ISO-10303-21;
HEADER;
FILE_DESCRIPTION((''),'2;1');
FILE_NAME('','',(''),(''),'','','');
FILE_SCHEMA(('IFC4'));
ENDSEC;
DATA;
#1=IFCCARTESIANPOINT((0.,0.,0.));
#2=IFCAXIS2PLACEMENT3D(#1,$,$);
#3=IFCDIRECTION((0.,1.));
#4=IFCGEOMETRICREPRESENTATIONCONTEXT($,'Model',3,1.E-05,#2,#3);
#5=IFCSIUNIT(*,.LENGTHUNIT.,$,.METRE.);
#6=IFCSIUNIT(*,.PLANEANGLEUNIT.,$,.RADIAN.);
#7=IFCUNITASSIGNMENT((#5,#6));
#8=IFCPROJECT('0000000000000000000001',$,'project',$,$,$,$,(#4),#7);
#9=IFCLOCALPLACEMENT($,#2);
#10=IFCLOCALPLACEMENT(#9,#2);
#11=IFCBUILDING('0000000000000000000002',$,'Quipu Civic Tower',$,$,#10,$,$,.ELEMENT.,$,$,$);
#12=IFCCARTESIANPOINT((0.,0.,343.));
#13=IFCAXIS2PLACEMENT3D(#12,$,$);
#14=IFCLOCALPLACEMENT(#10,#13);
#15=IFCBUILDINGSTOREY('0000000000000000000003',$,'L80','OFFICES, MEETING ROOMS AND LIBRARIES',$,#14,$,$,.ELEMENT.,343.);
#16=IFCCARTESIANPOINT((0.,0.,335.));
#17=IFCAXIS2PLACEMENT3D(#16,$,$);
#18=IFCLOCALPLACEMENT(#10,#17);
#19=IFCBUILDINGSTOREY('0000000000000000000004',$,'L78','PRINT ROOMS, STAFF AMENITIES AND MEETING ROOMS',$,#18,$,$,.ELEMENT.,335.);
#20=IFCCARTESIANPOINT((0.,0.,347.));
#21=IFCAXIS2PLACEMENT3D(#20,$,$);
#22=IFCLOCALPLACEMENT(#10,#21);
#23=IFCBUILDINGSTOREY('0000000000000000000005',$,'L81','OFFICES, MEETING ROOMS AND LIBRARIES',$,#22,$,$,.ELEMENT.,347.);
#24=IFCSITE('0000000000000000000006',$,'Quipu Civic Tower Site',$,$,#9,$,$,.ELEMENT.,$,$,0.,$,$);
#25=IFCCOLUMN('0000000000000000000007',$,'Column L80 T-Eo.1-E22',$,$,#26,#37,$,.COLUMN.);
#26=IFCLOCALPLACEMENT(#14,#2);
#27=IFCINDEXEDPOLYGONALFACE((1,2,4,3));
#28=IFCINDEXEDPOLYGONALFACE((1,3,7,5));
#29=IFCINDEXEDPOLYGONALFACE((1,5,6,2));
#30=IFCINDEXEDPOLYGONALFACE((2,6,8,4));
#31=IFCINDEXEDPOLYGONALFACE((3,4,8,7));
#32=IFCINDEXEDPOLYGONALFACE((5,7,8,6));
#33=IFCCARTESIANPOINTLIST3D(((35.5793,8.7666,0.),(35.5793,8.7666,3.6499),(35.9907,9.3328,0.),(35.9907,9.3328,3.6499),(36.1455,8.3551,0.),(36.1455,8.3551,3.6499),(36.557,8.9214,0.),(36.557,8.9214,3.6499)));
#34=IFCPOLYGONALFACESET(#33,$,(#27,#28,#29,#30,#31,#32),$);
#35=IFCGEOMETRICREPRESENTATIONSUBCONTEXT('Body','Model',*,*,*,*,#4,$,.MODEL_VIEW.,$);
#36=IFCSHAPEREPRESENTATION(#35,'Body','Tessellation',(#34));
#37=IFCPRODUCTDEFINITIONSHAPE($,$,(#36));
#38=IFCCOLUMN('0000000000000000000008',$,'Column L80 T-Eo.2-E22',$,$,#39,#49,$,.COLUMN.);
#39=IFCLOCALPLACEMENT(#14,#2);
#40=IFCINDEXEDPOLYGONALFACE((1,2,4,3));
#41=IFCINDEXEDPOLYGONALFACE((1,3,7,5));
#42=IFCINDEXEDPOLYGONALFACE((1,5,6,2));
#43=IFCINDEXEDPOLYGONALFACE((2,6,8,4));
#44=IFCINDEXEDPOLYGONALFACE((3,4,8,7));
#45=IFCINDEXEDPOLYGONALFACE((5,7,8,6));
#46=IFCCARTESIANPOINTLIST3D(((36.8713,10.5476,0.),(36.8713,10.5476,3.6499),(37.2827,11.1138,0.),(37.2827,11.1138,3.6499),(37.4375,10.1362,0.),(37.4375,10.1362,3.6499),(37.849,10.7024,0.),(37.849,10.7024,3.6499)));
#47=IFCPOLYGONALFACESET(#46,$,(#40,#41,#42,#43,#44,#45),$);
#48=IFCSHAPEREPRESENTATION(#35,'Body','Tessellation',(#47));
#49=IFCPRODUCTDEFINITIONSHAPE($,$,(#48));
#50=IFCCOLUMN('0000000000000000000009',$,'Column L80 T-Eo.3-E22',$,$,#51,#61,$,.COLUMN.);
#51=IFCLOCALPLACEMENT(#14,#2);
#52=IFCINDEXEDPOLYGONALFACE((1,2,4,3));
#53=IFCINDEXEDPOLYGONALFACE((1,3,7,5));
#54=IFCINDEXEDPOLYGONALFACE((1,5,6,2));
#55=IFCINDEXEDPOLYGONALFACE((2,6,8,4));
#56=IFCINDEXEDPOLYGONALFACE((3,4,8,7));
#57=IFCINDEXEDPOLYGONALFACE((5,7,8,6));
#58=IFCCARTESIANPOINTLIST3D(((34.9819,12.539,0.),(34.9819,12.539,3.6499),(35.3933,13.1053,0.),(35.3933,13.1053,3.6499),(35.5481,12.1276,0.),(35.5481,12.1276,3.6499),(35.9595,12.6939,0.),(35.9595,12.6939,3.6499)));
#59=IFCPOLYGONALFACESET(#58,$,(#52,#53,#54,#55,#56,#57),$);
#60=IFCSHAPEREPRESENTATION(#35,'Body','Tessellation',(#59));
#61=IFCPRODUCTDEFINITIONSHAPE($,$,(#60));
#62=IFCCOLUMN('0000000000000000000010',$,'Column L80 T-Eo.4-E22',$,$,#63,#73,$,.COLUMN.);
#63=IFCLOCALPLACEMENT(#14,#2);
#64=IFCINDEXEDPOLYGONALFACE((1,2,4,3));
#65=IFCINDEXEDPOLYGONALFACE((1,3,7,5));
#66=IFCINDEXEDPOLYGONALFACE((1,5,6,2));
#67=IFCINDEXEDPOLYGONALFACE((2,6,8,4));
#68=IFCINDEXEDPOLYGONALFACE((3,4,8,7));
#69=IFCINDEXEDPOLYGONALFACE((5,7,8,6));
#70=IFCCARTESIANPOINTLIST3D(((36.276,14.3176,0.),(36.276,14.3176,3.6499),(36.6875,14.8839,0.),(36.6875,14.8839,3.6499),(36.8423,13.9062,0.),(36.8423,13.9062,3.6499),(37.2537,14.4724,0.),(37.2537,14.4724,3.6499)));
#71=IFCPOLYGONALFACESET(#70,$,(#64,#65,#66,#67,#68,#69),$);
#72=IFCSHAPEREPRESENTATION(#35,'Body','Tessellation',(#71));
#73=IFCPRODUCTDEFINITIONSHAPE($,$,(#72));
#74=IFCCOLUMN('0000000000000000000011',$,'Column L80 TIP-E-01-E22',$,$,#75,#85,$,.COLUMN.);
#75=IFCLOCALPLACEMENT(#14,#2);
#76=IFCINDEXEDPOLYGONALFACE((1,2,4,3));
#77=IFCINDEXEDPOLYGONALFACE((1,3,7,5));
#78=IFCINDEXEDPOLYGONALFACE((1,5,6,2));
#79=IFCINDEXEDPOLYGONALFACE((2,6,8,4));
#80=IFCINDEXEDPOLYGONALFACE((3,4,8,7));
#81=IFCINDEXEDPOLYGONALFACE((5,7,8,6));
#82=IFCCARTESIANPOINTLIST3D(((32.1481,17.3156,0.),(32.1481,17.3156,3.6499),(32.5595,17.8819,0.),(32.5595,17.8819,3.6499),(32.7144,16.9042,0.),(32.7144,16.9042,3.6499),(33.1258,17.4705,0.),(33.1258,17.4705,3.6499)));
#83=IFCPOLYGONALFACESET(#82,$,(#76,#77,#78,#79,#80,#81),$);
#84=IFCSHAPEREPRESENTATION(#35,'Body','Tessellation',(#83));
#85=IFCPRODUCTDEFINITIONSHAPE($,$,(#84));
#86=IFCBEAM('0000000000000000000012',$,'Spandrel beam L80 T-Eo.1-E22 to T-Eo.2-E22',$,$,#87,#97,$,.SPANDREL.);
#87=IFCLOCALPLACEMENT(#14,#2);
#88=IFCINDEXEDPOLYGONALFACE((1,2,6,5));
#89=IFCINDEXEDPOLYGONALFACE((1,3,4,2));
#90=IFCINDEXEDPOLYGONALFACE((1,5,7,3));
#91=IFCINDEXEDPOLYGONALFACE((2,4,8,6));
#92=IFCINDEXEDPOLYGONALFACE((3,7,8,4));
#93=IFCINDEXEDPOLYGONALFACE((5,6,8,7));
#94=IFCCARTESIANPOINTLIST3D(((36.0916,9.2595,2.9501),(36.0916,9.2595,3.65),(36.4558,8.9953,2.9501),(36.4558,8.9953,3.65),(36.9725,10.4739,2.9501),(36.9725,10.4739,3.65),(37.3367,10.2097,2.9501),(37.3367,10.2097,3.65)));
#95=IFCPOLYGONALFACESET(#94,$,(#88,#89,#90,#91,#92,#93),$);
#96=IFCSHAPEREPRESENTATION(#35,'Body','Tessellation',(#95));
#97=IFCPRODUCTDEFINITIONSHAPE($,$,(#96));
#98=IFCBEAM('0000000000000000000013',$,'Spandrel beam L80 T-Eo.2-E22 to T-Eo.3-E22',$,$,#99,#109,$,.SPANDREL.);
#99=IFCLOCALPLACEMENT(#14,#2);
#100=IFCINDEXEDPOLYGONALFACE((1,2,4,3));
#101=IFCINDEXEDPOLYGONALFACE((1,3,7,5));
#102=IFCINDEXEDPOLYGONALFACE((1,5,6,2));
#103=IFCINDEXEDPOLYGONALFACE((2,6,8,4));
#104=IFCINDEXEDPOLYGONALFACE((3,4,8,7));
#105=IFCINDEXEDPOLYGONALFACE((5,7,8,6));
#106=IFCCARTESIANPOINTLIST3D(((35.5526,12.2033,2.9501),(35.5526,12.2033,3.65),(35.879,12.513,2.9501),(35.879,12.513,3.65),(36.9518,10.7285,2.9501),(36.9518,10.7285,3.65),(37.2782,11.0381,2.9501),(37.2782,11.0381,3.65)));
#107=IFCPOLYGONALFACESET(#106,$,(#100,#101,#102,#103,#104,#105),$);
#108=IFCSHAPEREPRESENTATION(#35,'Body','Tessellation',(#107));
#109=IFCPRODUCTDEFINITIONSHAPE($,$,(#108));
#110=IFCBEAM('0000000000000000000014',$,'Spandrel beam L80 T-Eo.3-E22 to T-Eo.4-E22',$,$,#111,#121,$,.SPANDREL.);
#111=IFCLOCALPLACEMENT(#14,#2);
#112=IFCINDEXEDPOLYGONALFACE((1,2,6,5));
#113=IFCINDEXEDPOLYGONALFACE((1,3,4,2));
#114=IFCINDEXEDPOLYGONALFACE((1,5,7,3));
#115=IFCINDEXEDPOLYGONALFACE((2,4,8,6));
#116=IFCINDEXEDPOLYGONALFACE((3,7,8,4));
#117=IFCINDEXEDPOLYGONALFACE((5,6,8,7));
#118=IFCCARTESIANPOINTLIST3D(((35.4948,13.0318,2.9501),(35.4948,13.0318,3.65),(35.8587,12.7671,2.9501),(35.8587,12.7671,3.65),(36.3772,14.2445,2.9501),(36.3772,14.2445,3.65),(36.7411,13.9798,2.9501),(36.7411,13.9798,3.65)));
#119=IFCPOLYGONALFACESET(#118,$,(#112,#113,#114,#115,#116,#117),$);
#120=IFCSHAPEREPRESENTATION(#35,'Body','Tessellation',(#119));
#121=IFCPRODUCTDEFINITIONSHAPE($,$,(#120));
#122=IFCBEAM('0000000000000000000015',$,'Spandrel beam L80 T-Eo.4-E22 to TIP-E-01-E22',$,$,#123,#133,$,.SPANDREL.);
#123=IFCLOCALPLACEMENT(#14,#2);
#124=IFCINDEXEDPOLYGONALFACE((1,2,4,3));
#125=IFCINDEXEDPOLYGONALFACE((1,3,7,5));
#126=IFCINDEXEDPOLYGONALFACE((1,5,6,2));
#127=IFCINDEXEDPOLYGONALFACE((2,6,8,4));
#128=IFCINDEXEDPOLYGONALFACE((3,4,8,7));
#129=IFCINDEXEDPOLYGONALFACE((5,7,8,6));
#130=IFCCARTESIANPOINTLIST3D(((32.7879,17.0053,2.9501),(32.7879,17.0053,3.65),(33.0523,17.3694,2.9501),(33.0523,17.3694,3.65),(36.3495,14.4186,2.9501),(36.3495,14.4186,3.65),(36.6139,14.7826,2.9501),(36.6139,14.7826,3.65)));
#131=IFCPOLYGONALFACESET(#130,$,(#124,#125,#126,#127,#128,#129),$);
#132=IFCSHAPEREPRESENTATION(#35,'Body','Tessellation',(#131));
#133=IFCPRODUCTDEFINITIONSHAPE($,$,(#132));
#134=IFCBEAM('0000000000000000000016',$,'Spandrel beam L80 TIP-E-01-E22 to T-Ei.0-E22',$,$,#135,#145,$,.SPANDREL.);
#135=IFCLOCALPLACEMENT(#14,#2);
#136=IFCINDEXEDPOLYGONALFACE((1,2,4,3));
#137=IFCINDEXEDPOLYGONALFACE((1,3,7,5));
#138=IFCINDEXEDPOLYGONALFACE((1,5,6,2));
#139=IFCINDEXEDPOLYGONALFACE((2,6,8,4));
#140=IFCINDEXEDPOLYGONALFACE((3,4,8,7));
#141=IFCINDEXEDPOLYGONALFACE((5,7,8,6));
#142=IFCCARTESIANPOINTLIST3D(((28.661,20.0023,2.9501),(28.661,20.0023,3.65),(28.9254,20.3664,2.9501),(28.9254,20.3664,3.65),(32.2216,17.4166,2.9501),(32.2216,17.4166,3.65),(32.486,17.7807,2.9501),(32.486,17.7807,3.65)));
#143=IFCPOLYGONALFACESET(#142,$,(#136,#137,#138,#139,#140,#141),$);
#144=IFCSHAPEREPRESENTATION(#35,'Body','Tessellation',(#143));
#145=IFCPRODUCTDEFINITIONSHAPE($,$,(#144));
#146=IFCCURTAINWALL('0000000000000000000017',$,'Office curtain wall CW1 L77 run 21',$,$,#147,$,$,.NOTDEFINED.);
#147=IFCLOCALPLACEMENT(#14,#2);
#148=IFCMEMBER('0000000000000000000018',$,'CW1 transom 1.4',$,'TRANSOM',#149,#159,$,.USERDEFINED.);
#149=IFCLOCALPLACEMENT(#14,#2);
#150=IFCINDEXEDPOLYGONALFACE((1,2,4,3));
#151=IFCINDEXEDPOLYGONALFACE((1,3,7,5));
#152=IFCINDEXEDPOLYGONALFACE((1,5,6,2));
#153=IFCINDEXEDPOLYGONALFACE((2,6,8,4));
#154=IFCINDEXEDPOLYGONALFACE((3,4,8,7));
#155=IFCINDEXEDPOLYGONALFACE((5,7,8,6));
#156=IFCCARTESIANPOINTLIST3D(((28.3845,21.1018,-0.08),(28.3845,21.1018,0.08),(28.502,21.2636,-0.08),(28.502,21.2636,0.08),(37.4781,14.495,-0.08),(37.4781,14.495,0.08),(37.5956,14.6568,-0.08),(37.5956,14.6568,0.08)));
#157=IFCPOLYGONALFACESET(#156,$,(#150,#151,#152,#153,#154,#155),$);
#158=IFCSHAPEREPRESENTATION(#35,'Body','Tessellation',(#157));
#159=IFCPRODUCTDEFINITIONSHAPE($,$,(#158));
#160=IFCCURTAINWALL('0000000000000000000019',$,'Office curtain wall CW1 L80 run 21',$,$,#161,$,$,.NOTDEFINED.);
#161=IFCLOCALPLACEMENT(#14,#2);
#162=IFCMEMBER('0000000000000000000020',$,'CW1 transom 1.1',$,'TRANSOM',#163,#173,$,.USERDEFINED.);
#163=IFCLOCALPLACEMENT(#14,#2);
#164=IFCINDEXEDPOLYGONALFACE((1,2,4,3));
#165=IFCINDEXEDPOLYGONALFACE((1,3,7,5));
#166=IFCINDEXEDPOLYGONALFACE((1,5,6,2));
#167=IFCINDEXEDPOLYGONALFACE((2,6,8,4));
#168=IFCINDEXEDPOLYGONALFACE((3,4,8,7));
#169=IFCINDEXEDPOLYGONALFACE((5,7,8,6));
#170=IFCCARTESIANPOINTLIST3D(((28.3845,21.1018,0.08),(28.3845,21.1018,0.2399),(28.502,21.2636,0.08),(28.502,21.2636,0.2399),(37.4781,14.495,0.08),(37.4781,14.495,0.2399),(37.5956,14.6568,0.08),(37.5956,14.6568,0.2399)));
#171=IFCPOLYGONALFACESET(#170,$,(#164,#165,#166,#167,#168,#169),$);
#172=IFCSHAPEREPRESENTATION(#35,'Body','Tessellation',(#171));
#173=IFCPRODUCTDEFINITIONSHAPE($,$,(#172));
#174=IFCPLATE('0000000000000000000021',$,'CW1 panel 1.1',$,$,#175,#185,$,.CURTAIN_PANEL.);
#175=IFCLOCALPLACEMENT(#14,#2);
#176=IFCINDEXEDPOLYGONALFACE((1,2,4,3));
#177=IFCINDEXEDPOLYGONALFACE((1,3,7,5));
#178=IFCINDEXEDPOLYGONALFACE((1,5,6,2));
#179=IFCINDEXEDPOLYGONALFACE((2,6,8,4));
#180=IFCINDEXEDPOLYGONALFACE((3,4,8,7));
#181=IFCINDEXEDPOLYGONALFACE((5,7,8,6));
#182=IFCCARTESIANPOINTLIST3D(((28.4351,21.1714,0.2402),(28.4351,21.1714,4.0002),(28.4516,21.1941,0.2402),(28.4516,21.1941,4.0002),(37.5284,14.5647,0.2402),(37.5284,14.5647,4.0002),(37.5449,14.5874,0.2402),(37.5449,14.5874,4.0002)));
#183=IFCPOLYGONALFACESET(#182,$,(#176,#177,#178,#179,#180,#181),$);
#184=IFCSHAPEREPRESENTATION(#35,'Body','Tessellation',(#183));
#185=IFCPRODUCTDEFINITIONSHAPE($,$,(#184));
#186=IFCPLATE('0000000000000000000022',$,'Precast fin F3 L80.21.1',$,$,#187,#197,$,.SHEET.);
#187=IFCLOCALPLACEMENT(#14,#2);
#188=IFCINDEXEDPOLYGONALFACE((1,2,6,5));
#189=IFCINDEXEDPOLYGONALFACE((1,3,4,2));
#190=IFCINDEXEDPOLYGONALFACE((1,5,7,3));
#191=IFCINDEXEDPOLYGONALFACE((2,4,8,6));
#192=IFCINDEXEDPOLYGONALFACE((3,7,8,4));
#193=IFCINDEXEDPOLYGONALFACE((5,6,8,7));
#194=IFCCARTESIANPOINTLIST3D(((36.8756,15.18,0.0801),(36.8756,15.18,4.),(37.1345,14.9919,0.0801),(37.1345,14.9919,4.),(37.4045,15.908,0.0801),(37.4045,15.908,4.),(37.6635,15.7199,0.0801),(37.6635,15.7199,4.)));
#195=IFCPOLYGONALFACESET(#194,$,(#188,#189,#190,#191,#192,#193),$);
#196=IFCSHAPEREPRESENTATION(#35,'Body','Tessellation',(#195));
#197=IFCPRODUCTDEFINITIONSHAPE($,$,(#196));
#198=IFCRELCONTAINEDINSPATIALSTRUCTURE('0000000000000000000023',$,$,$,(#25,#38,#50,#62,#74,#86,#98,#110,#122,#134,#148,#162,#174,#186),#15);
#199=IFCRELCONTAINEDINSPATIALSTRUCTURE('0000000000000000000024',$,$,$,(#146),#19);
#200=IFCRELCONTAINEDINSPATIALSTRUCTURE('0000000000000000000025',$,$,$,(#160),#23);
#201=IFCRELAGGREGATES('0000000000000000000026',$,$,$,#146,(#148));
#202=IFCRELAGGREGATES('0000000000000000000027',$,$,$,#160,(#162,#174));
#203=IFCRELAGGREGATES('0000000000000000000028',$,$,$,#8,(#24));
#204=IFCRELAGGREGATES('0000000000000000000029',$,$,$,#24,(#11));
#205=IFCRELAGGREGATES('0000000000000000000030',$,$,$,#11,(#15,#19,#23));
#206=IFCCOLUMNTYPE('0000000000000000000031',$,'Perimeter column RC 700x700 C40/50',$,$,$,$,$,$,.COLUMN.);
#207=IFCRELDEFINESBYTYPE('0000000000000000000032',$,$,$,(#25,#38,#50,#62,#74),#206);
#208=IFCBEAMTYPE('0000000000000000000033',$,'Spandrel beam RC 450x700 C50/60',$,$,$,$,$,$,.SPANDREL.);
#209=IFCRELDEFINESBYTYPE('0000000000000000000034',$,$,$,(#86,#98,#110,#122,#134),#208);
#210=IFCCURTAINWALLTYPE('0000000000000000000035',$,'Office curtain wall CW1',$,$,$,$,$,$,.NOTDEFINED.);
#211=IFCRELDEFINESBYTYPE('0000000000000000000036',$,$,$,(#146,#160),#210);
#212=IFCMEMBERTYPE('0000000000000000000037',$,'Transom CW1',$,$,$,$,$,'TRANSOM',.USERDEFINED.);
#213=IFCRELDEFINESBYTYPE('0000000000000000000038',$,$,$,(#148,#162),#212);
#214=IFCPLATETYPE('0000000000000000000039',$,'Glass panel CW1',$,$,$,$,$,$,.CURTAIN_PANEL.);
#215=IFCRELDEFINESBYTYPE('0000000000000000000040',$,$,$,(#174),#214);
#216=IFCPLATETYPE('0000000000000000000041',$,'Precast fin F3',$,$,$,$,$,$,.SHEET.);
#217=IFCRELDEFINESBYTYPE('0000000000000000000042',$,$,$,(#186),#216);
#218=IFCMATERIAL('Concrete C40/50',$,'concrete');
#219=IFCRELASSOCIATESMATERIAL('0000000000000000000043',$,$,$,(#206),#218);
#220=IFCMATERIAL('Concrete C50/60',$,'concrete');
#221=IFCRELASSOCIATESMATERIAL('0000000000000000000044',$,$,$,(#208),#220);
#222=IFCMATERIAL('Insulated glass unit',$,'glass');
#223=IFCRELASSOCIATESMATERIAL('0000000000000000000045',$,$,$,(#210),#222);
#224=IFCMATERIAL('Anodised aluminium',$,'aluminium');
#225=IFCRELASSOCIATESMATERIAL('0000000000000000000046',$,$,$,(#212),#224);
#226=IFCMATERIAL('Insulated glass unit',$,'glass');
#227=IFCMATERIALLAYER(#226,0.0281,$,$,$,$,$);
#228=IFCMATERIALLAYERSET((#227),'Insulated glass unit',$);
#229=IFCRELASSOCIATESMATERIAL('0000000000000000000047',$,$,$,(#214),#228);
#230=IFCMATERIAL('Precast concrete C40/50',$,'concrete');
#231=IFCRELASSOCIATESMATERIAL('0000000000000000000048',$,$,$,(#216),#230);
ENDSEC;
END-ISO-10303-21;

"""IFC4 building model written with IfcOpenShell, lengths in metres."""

from ifc_helpers import new_model, si_unit, direction, frame, origin, origin_2d, place, context, subcontext, project, spatial, rectangle, extrude, material, layer, layer_set, material_profile, profile_set, type_object, element, aggregate, save


model = new_model("IFC4")

# Units and contexts
model_context = context("Model", 3, precision=1e-05, world=origin(), true_north=direction((0.0, 1.0)))
body_context = subcontext(model_context, "Body", "Model", "MODEL_VIEW")
ifc_project = project(units=[si_unit("LENGTHUNIT", "METRE"), si_unit("PLANEANGLEUNIT", "RADIAN")], contexts=[model_context])

# Site, building, storey
site_placement = place(None, origin())
site = spatial("IfcSite", under=ifc_project, at=site_placement, Name="Quipu Civic Tower Site", CompositionType="ELEMENT", RefElevation=0.0)
building_placement = place(site_placement, origin())
building = spatial("IfcBuilding", under=site, at=building_placement, Name="Quipu Civic Tower", CompositionType="ELEMENT")
storey_1_placement = place(building_placement, frame((0.0, 0.0, 343.0)))
storey_1 = spatial("IfcBuildingStorey", under=building, at=storey_1_placement, Name="L80", Description="OFFICES, MEETING ROOMS AND LIBRARIES", CompositionType="ELEMENT", Elevation=343.0)

# Columns
ifc_material_1 = material(Name="Concrete C40/50", Category="concrete")
ifc_material_profile_1 = material_profile(ifc_material_1, rectangle(XDim=0.7, YDim=0.7, at=origin_2d()), Name="RC700x700")
ifc_profile_set_1 = profile_set([ifc_material_profile_1], Name="Concrete C40/50")
column_type = type_object("IfcColumnType", Name="Perimeter column RC 700x700 C40/50", PredefinedType="COLUMN", material=ifc_profile_set_1)
for number, where, z_axis, x_axis, name in (
    (1, (36.0681, 8.844, 0.0), (0.0, 0.0, 1.0), (0.587785, 0.809017, 0.0), "Column L80 T-Eo.1-E22"),
    (2, (37.3601, 10.625, 0.0), (0.0, 0.0, 1.0), (0.587785, 0.809017, 0.0), "Column L80 T-Eo.2-E22"),
    (3, (35.4707, 12.6165, 0.0), (0.0, 0.0, 1.0), (-0.809017, 0.587785, 0.0), "Column L80 T-Eo.3-E22"),
    (4, (36.7649, 14.395, 0.0), (0.0, 0.0, 1.0), (-0.809017, 0.587785, 0.0), "Column L80 T-Eo.4-E22"),
    (5, (32.637, 17.3931, 0.0), (0.0, 0.0, 1.0), (-0.809017, 0.587785, 0.0), "Column L80 TIP-E-01-E22"),
):
    element("IfcColumn", number, at=place(storey_1_placement, frame(where, z_axis=z_axis, x_axis=x_axis)), inside=storey_1, type_object=column_type, Name=name, PredefinedType="COLUMN", context=body_context, shape_type="SweptSolid", body=[
        extrude(rectangle(XDim=0.7, YDim=0.7, at=origin_2d()), origin(), (0.0, 0.0, 1.0), 3.6499),
    ])

# Beams
ifc_material_2 = material(Name="Concrete C50/60", Category="concrete")
ifc_material_profile_2 = material_profile(ifc_material_2, rectangle(XDim=0.45, YDim=0.7, at=origin_2d()), Name="RC450x700")
ifc_profile_set_2 = profile_set([ifc_material_profile_2], Name="Concrete C50/60")
beam_type = type_object("IfcBeamType", Name="Spandrel beam RC 450x700 C50/60", PredefinedType="SPANDREL", material=ifc_profile_set_2)
beam_1_placement = place(storey_1_placement, frame((36.2737, 9.1274, 3.3), z_axis=(0.587165, 0.809467, 0.0), x_axis=(-0.809467, 0.587165, 0.0)))
element("IfcBeam", 6, at=beam_1_placement, inside=storey_1, type_object=beam_type, Name="Spandrel beam L80 T-Eo.1-E22 to T-Eo.2-E22", PredefinedType="SPANDREL", context=body_context, shape_type="SweptSolid", body=[
    extrude(rectangle(XDim=0.45, YDim=0.7, at=origin_2d()), origin(), (0.0, 0.0, 1.0), 1.5002),
])
beam_2_placement = place(storey_1_placement, frame((37.115, 10.8833, 3.3), z_axis=(-0.688247, 0.725476, 0.0), x_axis=(-0.725476, -0.688247, 0.0)))
element("IfcBeam", 7, at=beam_2_placement, inside=storey_1, type_object=beam_type, Name="Spandrel beam L80 T-Eo.2-E22 to T-Eo.3-E22", PredefinedType="SPANDREL", context=body_context, shape_type="SweptSolid", body=[
    extrude(rectangle(XDim=0.45, YDim=0.7, at=origin_2d()), origin(), (0.0, 0.0, 1.0), 2.033),
])
beam_3_placement = place(storey_1_placement, frame((35.6768, 12.8994, 3.3), z_axis=(0.588346, 0.808609, 0.0), x_axis=(-0.808609, 0.588346, 0.0)))
element("IfcBeam", 8, at=beam_3_placement, inside=storey_1, type_object=beam_type, Name="Spandrel beam L80 T-Eo.3-E22 to T-Eo.4-E22", PredefinedType="SPANDREL", context=body_context, shape_type="SweptSolid", body=[
    extrude(rectangle(XDim=0.45, YDim=0.7, at=origin_2d()), origin(), (0.0, 0.0, 1.0), 1.4998),
])
beam_4_placement = place(storey_1_placement, frame((36.4817, 14.6006, 3.3), z_axis=(-0.809117, 0.587647, 0.0), x_axis=(-0.587647, -0.809117, 0.0)))
element("IfcBeam", 9, at=beam_4_placement, inside=storey_1, type_object=beam_type, Name="Spandrel beam L80 T-Eo.4-E22 to TIP-E-01-E22", PredefinedType="SPANDREL", context=body_context, shape_type="SweptSolid", body=[
    extrude(rectangle(XDim=0.45, YDim=0.7, at=origin_2d()), origin(), (0.0, 0.0, 1.0), 4.4019),
])
beam_5_placement = place(storey_1_placement, frame((32.3538, 17.5986, 3.3), z_axis=(-0.809146, 0.587607, 0.0), x_axis=(-0.587607, -0.809146, 0.0)))
element("IfcBeam", 10, at=beam_5_placement, inside=storey_1, type_object=beam_type, Name="Spandrel beam L80 TIP-E-01-E22 to T-Ei.0-E22", PredefinedType="SPANDREL", context=body_context, shape_type="SweptSolid", body=[
    extrude(rectangle(XDim=0.45, YDim=0.7, at=origin_2d()), origin(), (0.0, 0.0, 1.0), 4.4004),
])

# Shared definitions
storey_2_placement = place(building_placement, frame((0.0, 0.0, 335.0)))
storey_2 = spatial("IfcBuildingStorey", under=building, at=storey_2_placement, Name="L78", Description="PRINT ROOMS, STAFF AMENITIES AND MEETING ROOMS", CompositionType="ELEMENT", Elevation=335.0)

# Curtain wall, member
ifc_material_3 = material(Name="Insulated glass unit", Category="glass")
curtain_wall_type = type_object("IfcCurtainWallType", Name="Office curtain wall CW1", PredefinedType="NOTDEFINED", material=ifc_material_3)
curtain_wall_1_placement = place(storey_2_placement, origin())
curtain_wall_1 = element("IfcCurtainWall", 11, at=curtain_wall_1_placement, inside=storey_2, type_object=curtain_wall_type, Name="Office curtain wall CW1 L77 run 21", PredefinedType="NOTDEFINED")
ifc_material_4 = material(Name="Anodised aluminium", Category="aluminium")
ifc_material_profile_3 = material_profile(ifc_material_4, rectangle(XDim=0.2, YDim=0.1599, at=origin_2d()), Name="RECT 200x160")
ifc_profile_set_3 = profile_set([ifc_material_profile_3], Name="Anodised aluminium")
member_type = type_object("IfcMemberType", Name="Transom CW1", ElementType="TRANSOM", PredefinedType="USERDEFINED", material=ifc_profile_set_3)
member_1_placement = place(storey_1_placement, frame((37.5369, 14.5759, 0.0), z_axis=(-0.809022, 0.587778, 0.0), x_axis=(-0.587778, -0.809022, 0.0)))
member_1 = element("IfcMember", 12, at=member_1_placement, inside=storey_1, type_object=member_type, Name="CW1 transom 1.4", ObjectType="TRANSOM", PredefinedType="USERDEFINED", context=body_context, shape_type="SweptSolid", body=[
    extrude(rectangle(XDim=0.2, YDim=0.1599, at=origin_2d()), origin(), (0.0, 0.0, 1.0), 11.2402),
])
aggregate(curtain_wall_1, [member_1])

# Shared definitions
storey_3_placement = place(building_placement, frame((0.0, 0.0, 347.0)))
storey_3 = spatial("IfcBuildingStorey", under=building, at=storey_3_placement, Name="L81", Description="OFFICES, MEETING ROOMS AND LIBRARIES", CompositionType="ELEMENT", Elevation=347.0)

# Curtain wall, member, plate
curtain_wall_2_placement = place(storey_3_placement, origin())
curtain_wall_2 = element("IfcCurtainWall", 13, at=curtain_wall_2_placement, inside=storey_3, type_object=curtain_wall_type, Name="Office curtain wall CW1 L80 run 21", PredefinedType="NOTDEFINED")
member_2_placement = place(storey_1_placement, frame((37.5369, 14.5759, 0.1599), z_axis=(-0.809022, 0.587778, 0.0), x_axis=(-0.587778, -0.809022, 0.0)))
member_2 = element("IfcMember", 14, at=member_2_placement, inside=storey_1, type_object=member_type, Name="CW1 transom 1.1", ObjectType="TRANSOM", PredefinedType="USERDEFINED", context=body_context, shape_type="SweptSolid", body=[
    extrude(rectangle(XDim=0.2, YDim=0.1599, at=origin_2d()), origin(), (0.0, 0.0, 1.0), 11.2402),
])
ifc_material_5 = material(Name="Insulated glass unit", Category="glass")
ifc_layer = layer(ifc_material_5, 0.0281)
ifc_layer_set = layer_set([ifc_layer], Name="Insulated glass unit")
plate_type_1 = type_object("IfcPlateType", Name="Glass panel CW1", PredefinedType="CURTAIN_PANEL", material=ifc_layer_set)
plate_placement = place(storey_1_placement, frame((32.99, 17.8794, 0.2402), z_axis=(0.0, 0.0, 1.0), x_axis=(-0.809015, 0.587788, 0.0)))
plate = element("IfcPlate", 15, at=plate_placement, inside=storey_1, type_object=plate_type_1, Name="CW1 panel 1.1", PredefinedType="CURTAIN_PANEL", context=body_context, shape_type="SweptSolid", body=[
    extrude(rectangle(XDim=11.24, YDim=0.0281, at=origin_2d()), origin(), (0.0, 0.0, 1.0), 3.76),
])
aggregate(curtain_wall_2, [member_2, plate])

# Plate
ifc_material_6 = material(Name="Precast concrete C40/50", Category="concrete")
plate_type_2 = type_object("IfcPlateType", Name="Precast fin F3", PredefinedType="SHEET", material=ifc_material_6)
for number, where, z_axis, x_axis, name in (
    (16, (37.2695, 15.45, 0.0801), (0.0, 0.0, 1.0), (-0.809017, 0.587785, 0.0), "Precast fin F3 L80.21.1"),
):
    element("IfcPlate", number, at=place(storey_1_placement, frame(where, z_axis=z_axis, x_axis=x_axis)), inside=storey_1, type_object=plate_type_2, Name=name, PredefinedType="SHEET", context=body_context, shape_type="SweptSolid", body=[
        extrude(rectangle(XDim=0.3201, YDim=0.8999, at=origin_2d()), origin(), (0.0, 0.0, 1.0), 3.9199),
    ])

save(model, "model.ifc")
